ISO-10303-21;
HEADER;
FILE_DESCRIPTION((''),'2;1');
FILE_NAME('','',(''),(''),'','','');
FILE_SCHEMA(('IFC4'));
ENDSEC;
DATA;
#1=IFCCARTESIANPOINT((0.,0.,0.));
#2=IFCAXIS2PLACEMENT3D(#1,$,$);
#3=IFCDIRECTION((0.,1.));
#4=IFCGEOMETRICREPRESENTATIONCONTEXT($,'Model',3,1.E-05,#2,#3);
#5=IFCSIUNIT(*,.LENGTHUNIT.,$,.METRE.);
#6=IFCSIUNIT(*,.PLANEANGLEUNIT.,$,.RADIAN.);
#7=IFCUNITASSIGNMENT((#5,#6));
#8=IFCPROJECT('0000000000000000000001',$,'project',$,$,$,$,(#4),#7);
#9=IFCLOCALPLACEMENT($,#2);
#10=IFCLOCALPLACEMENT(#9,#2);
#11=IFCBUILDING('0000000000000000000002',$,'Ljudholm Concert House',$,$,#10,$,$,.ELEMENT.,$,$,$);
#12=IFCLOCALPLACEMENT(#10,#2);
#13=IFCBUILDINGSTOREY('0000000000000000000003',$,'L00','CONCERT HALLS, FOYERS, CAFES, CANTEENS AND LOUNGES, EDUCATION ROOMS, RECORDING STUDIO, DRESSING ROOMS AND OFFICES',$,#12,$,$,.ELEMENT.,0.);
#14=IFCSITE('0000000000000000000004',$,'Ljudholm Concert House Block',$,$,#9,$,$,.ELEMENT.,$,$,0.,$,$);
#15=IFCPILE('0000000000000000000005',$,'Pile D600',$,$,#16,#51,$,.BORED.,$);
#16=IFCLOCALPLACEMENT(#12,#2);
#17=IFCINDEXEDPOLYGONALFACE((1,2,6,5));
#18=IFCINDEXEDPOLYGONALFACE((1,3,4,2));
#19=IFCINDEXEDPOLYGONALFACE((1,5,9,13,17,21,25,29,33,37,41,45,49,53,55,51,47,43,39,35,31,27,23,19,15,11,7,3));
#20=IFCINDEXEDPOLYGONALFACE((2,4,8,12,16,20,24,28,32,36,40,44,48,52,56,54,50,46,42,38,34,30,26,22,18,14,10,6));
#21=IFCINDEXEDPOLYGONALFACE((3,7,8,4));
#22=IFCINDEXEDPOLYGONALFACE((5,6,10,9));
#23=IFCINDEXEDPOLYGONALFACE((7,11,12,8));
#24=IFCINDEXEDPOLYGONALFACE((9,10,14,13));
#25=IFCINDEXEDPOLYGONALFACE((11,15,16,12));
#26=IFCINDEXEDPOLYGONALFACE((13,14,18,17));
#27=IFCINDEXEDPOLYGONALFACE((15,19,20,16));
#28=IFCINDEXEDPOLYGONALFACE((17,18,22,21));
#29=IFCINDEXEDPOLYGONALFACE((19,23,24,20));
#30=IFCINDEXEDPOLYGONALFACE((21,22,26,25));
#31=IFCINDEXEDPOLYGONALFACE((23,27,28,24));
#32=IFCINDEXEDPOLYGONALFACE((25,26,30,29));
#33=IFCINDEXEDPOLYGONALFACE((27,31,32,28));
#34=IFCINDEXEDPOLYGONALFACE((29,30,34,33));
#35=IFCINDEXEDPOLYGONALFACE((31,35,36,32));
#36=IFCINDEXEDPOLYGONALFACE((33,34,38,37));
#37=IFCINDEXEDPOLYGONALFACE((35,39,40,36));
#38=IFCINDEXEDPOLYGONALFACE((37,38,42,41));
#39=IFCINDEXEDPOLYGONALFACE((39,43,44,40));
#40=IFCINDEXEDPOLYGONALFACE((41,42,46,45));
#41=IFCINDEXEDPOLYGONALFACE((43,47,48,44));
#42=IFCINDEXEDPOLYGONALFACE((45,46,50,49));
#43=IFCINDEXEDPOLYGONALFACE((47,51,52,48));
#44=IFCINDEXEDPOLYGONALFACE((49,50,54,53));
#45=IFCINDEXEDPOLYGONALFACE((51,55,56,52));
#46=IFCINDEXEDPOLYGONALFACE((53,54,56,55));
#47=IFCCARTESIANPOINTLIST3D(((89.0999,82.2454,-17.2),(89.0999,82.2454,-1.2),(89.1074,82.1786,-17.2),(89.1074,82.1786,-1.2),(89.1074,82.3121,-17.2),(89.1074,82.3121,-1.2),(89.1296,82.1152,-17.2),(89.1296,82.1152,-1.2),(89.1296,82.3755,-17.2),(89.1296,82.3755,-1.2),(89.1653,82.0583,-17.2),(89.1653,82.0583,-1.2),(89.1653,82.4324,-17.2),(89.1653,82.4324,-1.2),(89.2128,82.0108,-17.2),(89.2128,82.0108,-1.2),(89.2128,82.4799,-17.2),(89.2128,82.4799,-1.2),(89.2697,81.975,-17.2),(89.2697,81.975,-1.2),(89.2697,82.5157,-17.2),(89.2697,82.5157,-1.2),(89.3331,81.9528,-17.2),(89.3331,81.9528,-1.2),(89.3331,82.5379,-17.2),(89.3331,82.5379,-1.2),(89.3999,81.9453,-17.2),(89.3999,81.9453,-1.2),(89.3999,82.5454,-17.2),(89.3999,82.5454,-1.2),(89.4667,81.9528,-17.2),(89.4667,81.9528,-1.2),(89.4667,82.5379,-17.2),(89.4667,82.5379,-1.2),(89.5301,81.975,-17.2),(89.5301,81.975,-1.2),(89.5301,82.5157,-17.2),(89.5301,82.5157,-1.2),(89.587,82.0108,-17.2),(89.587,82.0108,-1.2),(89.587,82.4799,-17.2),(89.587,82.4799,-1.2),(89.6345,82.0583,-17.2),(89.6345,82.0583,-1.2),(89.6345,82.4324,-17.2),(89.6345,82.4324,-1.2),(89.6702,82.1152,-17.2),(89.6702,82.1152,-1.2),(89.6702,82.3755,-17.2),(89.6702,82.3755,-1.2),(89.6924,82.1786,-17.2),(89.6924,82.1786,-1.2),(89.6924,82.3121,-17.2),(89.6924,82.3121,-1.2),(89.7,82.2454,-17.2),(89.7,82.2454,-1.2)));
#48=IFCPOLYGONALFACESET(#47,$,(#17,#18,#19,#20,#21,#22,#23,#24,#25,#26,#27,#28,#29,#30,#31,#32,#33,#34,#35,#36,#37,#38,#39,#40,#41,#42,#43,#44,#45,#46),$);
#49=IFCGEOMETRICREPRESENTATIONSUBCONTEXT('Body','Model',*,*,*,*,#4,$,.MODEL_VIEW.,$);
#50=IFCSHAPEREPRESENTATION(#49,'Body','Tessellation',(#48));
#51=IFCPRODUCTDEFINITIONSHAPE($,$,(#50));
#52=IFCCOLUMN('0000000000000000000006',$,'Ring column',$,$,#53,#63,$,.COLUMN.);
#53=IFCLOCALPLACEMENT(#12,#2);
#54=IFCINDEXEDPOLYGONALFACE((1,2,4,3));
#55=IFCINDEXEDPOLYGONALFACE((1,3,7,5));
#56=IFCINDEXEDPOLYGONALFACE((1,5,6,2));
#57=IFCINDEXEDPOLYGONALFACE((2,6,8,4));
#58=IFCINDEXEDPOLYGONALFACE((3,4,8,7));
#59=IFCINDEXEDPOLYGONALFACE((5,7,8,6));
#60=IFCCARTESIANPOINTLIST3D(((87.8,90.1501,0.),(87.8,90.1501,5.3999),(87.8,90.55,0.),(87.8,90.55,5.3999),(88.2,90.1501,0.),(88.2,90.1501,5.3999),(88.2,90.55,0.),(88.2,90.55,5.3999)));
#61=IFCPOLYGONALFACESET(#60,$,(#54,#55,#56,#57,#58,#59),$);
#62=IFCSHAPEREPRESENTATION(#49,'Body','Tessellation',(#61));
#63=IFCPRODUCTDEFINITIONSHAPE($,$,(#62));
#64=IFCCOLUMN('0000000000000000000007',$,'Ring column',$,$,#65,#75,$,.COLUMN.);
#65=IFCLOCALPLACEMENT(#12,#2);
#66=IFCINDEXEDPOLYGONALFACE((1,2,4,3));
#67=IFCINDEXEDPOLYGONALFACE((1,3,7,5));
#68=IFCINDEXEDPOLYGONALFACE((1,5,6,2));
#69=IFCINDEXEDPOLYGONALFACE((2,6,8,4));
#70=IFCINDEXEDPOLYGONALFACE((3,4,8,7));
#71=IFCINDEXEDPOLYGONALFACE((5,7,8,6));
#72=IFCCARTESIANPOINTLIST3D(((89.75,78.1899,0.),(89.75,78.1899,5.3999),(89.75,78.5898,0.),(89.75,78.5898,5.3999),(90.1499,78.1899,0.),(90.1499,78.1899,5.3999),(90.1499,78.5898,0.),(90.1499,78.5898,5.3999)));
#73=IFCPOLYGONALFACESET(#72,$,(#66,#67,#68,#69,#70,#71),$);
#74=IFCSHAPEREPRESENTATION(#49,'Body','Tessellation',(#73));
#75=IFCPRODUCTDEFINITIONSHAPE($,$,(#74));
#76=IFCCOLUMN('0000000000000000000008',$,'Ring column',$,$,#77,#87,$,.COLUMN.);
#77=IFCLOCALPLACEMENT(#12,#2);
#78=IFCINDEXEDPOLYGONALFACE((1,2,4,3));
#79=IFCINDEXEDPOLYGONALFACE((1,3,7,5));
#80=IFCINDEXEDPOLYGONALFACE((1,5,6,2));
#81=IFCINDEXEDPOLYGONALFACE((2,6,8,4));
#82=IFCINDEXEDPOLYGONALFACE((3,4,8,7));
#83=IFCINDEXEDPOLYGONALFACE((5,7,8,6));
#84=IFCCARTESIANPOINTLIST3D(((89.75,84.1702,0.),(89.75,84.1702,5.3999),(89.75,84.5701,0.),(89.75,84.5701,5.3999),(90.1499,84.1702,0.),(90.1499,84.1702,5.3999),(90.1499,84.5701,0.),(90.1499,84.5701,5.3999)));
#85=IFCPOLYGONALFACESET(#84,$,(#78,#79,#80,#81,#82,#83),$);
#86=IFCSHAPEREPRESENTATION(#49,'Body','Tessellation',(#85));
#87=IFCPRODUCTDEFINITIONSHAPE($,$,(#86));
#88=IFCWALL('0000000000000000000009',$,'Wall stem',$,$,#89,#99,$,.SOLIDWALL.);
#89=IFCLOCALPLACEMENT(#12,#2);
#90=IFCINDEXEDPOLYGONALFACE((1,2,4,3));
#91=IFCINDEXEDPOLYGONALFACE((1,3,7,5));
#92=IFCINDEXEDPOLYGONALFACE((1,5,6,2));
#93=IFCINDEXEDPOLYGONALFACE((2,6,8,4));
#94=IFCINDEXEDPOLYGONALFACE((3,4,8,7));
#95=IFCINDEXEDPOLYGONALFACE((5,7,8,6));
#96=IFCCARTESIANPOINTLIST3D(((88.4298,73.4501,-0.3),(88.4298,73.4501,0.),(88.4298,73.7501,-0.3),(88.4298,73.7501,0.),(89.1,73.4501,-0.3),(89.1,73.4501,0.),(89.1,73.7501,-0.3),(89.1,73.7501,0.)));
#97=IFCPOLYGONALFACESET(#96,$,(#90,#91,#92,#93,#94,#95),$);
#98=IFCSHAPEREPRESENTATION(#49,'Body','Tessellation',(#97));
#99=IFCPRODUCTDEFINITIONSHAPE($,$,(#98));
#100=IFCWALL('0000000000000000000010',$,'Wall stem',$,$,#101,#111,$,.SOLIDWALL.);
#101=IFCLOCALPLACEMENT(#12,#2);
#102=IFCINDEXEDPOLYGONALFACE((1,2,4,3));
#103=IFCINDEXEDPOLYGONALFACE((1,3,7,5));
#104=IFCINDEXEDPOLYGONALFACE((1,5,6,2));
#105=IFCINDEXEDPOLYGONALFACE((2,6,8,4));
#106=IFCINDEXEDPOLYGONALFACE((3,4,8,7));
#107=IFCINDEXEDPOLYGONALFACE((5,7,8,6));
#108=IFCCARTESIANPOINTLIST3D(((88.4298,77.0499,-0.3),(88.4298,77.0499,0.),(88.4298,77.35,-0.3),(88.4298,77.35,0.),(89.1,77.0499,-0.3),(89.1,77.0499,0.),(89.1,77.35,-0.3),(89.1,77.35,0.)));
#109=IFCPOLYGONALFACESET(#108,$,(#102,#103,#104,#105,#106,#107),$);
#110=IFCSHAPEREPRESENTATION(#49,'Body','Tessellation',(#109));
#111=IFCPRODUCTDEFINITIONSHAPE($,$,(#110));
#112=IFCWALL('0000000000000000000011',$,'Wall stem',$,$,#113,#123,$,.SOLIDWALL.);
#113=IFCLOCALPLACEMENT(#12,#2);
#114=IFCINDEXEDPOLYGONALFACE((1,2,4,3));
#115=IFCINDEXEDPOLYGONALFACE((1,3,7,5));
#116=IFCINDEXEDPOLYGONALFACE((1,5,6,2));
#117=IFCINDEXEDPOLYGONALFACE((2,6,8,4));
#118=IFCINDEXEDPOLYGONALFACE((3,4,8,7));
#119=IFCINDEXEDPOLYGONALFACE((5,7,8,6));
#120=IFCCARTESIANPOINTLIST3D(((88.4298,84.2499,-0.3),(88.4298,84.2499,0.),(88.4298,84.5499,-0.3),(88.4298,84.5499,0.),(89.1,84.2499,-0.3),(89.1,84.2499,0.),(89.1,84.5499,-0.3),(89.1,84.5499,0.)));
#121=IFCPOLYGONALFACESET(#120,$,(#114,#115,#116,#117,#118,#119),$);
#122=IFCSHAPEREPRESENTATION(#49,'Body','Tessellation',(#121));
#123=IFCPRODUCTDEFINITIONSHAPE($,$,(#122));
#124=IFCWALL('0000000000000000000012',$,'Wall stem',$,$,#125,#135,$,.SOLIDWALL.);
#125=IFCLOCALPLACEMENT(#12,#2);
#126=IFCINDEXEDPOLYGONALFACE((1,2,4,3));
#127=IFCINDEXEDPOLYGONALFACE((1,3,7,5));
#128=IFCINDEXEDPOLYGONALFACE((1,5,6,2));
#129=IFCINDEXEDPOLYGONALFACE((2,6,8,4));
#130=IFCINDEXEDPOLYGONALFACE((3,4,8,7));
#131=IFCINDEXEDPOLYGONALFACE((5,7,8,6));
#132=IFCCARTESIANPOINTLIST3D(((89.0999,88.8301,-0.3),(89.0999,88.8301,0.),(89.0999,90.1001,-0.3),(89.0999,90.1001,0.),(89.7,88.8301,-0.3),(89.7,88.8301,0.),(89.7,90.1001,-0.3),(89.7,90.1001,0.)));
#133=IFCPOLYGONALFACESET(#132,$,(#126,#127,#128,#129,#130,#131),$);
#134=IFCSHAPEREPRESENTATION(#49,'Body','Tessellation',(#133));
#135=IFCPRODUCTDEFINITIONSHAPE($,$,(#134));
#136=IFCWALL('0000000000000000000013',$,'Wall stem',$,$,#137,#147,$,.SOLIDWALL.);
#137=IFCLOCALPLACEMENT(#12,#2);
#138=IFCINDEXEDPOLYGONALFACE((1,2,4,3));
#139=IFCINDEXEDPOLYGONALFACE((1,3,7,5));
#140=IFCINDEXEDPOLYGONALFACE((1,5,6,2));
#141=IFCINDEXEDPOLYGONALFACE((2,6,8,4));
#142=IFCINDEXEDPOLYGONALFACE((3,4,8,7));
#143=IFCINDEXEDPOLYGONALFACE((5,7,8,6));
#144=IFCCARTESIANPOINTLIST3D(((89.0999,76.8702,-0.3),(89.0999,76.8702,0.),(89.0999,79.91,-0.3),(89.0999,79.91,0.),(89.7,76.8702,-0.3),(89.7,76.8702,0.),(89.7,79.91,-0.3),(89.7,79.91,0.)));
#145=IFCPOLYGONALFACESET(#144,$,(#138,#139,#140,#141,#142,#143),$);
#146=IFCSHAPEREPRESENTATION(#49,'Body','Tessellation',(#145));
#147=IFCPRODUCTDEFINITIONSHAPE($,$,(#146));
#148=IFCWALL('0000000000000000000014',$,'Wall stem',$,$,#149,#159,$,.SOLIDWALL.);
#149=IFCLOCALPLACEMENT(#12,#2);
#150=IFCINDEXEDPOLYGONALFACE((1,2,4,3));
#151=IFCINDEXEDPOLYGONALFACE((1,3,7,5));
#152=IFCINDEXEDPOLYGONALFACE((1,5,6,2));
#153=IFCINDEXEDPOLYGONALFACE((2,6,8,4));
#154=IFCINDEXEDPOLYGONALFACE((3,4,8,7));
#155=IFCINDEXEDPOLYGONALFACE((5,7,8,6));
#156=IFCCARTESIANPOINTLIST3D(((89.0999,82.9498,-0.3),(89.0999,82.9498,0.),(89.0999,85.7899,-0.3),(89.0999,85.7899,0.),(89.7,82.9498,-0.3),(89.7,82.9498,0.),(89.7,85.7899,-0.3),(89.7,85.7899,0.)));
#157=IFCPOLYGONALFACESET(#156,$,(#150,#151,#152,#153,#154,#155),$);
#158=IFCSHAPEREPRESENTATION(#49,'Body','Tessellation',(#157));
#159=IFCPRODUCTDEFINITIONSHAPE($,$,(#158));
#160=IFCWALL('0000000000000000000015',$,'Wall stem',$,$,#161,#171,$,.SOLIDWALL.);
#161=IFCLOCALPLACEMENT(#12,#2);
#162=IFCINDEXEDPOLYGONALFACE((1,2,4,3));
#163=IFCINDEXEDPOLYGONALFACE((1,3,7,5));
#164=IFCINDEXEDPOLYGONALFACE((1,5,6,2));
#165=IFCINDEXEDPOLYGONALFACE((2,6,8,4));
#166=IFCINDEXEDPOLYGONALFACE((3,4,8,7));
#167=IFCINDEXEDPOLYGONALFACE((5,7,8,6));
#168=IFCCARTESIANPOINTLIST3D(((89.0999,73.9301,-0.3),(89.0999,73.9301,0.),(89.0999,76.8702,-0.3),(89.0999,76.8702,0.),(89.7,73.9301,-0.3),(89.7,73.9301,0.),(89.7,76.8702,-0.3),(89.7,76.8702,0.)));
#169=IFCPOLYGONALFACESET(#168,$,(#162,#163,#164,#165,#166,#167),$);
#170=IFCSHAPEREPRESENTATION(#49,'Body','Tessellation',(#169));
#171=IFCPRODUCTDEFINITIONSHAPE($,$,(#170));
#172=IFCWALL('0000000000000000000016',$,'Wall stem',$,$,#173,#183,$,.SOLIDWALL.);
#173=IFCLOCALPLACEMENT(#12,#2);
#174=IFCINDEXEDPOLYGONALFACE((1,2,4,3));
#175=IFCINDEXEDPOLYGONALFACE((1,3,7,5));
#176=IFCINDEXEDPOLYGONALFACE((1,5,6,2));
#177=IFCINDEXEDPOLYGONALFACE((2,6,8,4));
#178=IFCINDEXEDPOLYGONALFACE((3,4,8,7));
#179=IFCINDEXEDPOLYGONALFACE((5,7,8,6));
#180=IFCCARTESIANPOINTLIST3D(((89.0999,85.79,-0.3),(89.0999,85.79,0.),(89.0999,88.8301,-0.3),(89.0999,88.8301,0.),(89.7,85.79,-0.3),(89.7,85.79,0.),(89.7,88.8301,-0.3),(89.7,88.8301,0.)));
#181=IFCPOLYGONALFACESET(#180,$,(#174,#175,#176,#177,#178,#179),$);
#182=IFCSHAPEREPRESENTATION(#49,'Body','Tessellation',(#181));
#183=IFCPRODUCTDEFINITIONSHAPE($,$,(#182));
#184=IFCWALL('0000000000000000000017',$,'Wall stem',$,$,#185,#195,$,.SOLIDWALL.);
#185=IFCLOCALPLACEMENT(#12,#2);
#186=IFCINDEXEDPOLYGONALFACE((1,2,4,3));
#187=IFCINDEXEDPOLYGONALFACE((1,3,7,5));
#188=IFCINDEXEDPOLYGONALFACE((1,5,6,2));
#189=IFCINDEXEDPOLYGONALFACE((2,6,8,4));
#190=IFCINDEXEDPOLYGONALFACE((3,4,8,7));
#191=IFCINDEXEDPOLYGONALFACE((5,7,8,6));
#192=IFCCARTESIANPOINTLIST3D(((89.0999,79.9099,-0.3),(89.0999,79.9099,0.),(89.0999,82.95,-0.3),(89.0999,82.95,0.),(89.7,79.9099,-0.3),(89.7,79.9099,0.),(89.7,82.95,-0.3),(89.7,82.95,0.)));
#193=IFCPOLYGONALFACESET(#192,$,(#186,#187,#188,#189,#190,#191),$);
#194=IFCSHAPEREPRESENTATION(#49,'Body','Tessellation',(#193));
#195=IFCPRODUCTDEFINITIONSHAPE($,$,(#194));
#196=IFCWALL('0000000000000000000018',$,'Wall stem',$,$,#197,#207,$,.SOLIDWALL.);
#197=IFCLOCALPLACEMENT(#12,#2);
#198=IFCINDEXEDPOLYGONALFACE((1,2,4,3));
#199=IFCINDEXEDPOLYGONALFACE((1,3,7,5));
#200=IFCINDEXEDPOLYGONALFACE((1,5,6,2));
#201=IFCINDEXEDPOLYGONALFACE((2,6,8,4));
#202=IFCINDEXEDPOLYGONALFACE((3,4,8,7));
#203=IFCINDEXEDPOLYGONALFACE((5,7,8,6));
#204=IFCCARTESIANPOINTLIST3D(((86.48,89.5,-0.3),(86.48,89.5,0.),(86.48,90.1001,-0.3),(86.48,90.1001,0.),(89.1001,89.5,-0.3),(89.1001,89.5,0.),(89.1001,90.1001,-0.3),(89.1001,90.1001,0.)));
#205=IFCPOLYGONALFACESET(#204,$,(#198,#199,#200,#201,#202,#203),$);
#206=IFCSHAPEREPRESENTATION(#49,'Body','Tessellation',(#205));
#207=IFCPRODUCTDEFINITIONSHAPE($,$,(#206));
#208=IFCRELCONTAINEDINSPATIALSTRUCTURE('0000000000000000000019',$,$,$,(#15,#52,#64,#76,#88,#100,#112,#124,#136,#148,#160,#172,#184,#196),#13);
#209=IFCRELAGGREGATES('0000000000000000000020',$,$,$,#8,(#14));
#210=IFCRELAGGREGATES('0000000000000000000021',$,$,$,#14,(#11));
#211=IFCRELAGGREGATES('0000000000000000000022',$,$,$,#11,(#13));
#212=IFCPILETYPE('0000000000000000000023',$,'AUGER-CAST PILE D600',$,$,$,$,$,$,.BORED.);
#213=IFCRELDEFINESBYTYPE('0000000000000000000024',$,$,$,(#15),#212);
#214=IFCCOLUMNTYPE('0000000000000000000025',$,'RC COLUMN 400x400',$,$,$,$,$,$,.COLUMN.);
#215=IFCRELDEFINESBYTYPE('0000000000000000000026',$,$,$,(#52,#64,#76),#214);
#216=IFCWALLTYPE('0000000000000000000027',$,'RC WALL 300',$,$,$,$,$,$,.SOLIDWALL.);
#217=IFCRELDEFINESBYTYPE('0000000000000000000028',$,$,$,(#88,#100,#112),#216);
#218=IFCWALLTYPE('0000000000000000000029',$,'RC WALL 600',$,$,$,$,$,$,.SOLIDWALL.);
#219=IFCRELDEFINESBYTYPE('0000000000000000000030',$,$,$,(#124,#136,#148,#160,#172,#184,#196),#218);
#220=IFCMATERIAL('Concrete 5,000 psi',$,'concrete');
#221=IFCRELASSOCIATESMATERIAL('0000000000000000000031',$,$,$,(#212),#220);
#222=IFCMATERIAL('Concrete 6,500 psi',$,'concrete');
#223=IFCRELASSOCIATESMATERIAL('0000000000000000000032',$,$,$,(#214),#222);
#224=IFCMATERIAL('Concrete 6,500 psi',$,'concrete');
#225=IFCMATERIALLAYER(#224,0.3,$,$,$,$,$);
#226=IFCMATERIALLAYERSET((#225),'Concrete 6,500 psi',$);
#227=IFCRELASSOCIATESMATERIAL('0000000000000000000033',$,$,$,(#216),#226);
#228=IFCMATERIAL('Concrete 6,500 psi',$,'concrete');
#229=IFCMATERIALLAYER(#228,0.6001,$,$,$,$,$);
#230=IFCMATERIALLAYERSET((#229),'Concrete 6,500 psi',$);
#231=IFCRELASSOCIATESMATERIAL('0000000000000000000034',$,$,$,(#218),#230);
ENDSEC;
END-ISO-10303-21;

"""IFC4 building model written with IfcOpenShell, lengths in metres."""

from ifc_helpers import new_model, si_unit, direction, frame, frame_2d, origin, origin_2d, place, context, subcontext, project, spatial, rectangle, circle, extrude, material, layer, layer_set, material_profile, profile_set, type_object, element, save


model = new_model("IFC4")

# Units and contexts
model_context = context("Model", 3, precision=1e-05, world=origin(), true_north=direction((0.0, 1.0)))
body_context = subcontext(model_context, "Body", "Model", "MODEL_VIEW")
ifc_project = project(units=[si_unit("LENGTHUNIT", "METRE"), si_unit("PLANEANGLEUNIT", "RADIAN")], contexts=[model_context])

# Site, building, storey
site_placement = place(None, origin())
site = spatial("IfcSite", under=ifc_project, at=site_placement, Name="Ljudholm Concert House Block", CompositionType="ELEMENT", RefElevation=0.0)
building_placement = place(site_placement, origin())
building = spatial("IfcBuilding", under=site, at=building_placement, Name="Ljudholm Concert House", CompositionType="ELEMENT")
storey_placement = place(building_placement, origin())
storey = spatial("IfcBuildingStorey", under=building, at=storey_placement, Name="L00", Description="CONCERT HALLS, FOYERS, CAFES, CANTEENS AND LOUNGES, EDUCATION ROOMS, RECORDING STUDIO, DRESSING ROOMS AND OFFICES", CompositionType="ELEMENT", Elevation=0.0)

# Pile
ifc_material_1 = material(Name="Concrete 5,000 psi", Category="concrete")
ifc_material_profile_1 = material_profile(ifc_material_1, circle(Radius=0.3, at=origin_2d()), Name="AUGER-CAST PILE D600")
ifc_profile_set_1 = profile_set([ifc_material_profile_1], Name="Concrete 5,000 psi")
pile_type = type_object("IfcPileType", Name="AUGER-CAST PILE D600", PredefinedType="BORED", material=ifc_profile_set_1)
for number, where, z_axis, x_axis, name in (
    (1, (89.3999, 82.2454, -1.2), (0.0, 0.0, -1.0), (1.0, 0.0, 0.0), "Pile D600"),
):
    element("IfcPile", number, at=place(storey_placement, frame(where, z_axis=z_axis, x_axis=x_axis)), inside=storey, type_object=pile_type, Name=name, PredefinedType="BORED", context=body_context, shape_type="SweptSolid", body=[
        extrude(circle(Radius=0.3, at=origin_2d()), origin(), (0.0, 0.0, 1.0), 16.0),
    ])

# Columns
ifc_material_2 = material(Name="Concrete 6,500 psi", Category="concrete")
ifc_material_profile_2 = material_profile(ifc_material_2, rectangle(XDim=0.3999, YDim=0.3999, at=origin_2d()), Name="RC COLUMN 400x400")
ifc_profile_set_2 = profile_set([ifc_material_profile_2], Name="Concrete 6,500 psi")
column_type = type_object("IfcColumnType", Name="RC COLUMN 400x400", PredefinedType="COLUMN", material=ifc_profile_set_2)
for number, where, z_axis, x_axis, name in (
    (2, (88.0, 90.3501, 0.0), (0.0, 0.0, 1.0), (1.0, 0.0, 0.0), "Ring column"),
    (3, (89.95, 78.3899, 0.0), (0.0, 0.0, 1.0), (1.0, 0.0, 0.0), "Ring column"),
    (4, (89.95, 84.3701, 0.0), (0.0, 0.0, 1.0), (1.0, 0.0, 0.0), "Ring column"),
):
    element("IfcColumn", number, at=place(storey_placement, frame(where, z_axis=z_axis, x_axis=x_axis)), inside=storey, type_object=column_type, Name=name, PredefinedType="COLUMN", context=body_context, shape_type="SweptSolid", body=[
        extrude(rectangle(XDim=0.3999, YDim=0.3999, at=origin_2d()), origin(), (0.0, 0.0, 1.0), 5.3999),
    ])

# Walls
ifc_material_3 = material(Name="Concrete 6,500 psi", Category="concrete")
ifc_layer_1 = layer(ifc_material_3, 0.3)
ifc_layer_set_1 = layer_set([ifc_layer_1], Name="Concrete 6,500 psi")
wall_type_1 = type_object("IfcWallType", Name="RC WALL 300", PredefinedType="SOLIDWALL", material=ifc_layer_set_1)
for number, where, z_axis, x_axis, name in (
    (5, (88.4299, 73.6001, -0.3), (0.0, 0.0, 1.0), (1.0, 0.0, 0.0), "Wall stem"),
    (6, (88.4299, 77.2, -0.3), (0.0, 0.0, 1.0), (1.0, 0.0, 0.0), "Wall stem"),
    (7, (88.4299, 84.3999, -0.3), (0.0, 0.0, 1.0), (1.0, 0.0, 0.0), "Wall stem"),
):
    element("IfcWall", number, at=place(storey_placement, frame(where, z_axis=z_axis, x_axis=x_axis)), inside=storey, type_object=wall_type_1, Name=name, PredefinedType="SOLIDWALL", context=body_context, shape_type="SweptSolid", body=[
        extrude(rectangle(XDim=0.6702, YDim=0.3, at=frame_2d((0.335, 0.0))), origin(), (0.0, 0.0, 1.0), 0.3),
    ])
ifc_material_4 = material(Name="Concrete 6,500 psi", Category="concrete")
ifc_layer_2 = layer(ifc_material_4, 0.6001)
ifc_layer_set_2 = layer_set([ifc_layer_2], Name="Concrete 6,500 psi")
wall_type_2 = type_object("IfcWallType", Name="RC WALL 600", PredefinedType="SOLIDWALL", material=ifc_layer_set_2)
wall_1_placement = place(storey_placement, frame((89.3999, 88.8301, -0.3), z_axis=(0.0, 0.0, 1.0), x_axis=(0.0, 1.0, 0.0)))
element("IfcWall", 8, at=wall_1_placement, inside=storey, type_object=wall_type_2, Name="Wall stem", PredefinedType="SOLIDWALL", context=body_context, shape_type="SweptSolid", body=[
    extrude(rectangle(XDim=1.27, YDim=0.6001, at=frame_2d((0.635, 0.0))), origin(), (0.0, 0.0, 1.0), 0.3),
])
wall_2_placement = place(storey_placement, frame((89.3999, 76.8701, -0.3), z_axis=(0.0, 0.0, 1.0), x_axis=(0.0, 1.0, 0.0)))
element("IfcWall", 9, at=wall_2_placement, inside=storey, type_object=wall_type_2, Name="Wall stem", PredefinedType="SOLIDWALL", context=body_context, shape_type="SweptSolid", body=[
    extrude(rectangle(XDim=3.0398, YDim=0.6001, at=frame_2d((1.52, 0.0))), origin(), (0.0, 0.0, 1.0), 0.3),
])
wall_3_placement = place(storey_placement, frame((89.3999, 82.95, -0.3), z_axis=(0.0, 0.0, 1.0), x_axis=(0.0, 1.0, 0.0)))
element("IfcWall", 10, at=wall_3_placement, inside=storey, type_object=wall_type_2, Name="Wall stem", PredefinedType="SOLIDWALL", context=body_context, shape_type="SweptSolid", body=[
    extrude(rectangle(XDim=2.8401, YDim=0.6001, at=frame_2d((1.4199, 0.0))), origin(), (0.0, 0.0, 1.0), 0.3),
])
wall_4_placement = place(storey_placement, frame((89.3999, 73.9299, -0.3), z_axis=(0.0, 0.0, 1.0), x_axis=(0.0, 1.0, 0.0)))
element("IfcWall", 11, at=wall_4_placement, inside=storey, type_object=wall_type_2, Name="Wall stem", PredefinedType="SOLIDWALL", context=body_context, shape_type="SweptSolid", body=[
    extrude(rectangle(XDim=2.9402, YDim=0.6001, at=frame_2d((1.4702, 0.0))), origin(), (0.0, 0.0, 1.0), 0.3),
])
for number, where, z_axis, x_axis, name in (
    (12, (89.3999, 85.79, -0.3), (0.0, 0.0, 1.0), (0.0, 1.0, 0.0), "Wall stem"),
    (13, (89.3999, 79.9099, -0.3), (0.0, 0.0, 1.0), (0.0, 1.0, 0.0), "Wall stem"),
):
    element("IfcWall", number, at=place(storey_placement, frame(where, z_axis=z_axis, x_axis=x_axis)), inside=storey, type_object=wall_type_2, Name=name, PredefinedType="SOLIDWALL", context=body_context, shape_type="SweptSolid", body=[
        extrude(rectangle(XDim=3.04, YDim=0.6001, at=frame_2d((1.52, 0.0))), origin(), (0.0, 0.0, 1.0), 0.3),
    ])
wall_5_placement = place(storey_placement, frame((86.48, 89.8, -0.3), z_axis=(0.0, 0.0, 1.0), x_axis=(1.0, 0.0, 0.0)))
element("IfcWall", 14, at=wall_5_placement, inside=storey, type_object=wall_type_2, Name="Wall stem", PredefinedType="SOLIDWALL", context=body_context, shape_type="SweptSolid", body=[
    extrude(rectangle(XDim=2.6201, YDim=0.6001, at=frame_2d((1.3101, 0.0))), origin(), (0.0, 0.0, 1.0), 0.3),
])

save(model, "model.ifc")
